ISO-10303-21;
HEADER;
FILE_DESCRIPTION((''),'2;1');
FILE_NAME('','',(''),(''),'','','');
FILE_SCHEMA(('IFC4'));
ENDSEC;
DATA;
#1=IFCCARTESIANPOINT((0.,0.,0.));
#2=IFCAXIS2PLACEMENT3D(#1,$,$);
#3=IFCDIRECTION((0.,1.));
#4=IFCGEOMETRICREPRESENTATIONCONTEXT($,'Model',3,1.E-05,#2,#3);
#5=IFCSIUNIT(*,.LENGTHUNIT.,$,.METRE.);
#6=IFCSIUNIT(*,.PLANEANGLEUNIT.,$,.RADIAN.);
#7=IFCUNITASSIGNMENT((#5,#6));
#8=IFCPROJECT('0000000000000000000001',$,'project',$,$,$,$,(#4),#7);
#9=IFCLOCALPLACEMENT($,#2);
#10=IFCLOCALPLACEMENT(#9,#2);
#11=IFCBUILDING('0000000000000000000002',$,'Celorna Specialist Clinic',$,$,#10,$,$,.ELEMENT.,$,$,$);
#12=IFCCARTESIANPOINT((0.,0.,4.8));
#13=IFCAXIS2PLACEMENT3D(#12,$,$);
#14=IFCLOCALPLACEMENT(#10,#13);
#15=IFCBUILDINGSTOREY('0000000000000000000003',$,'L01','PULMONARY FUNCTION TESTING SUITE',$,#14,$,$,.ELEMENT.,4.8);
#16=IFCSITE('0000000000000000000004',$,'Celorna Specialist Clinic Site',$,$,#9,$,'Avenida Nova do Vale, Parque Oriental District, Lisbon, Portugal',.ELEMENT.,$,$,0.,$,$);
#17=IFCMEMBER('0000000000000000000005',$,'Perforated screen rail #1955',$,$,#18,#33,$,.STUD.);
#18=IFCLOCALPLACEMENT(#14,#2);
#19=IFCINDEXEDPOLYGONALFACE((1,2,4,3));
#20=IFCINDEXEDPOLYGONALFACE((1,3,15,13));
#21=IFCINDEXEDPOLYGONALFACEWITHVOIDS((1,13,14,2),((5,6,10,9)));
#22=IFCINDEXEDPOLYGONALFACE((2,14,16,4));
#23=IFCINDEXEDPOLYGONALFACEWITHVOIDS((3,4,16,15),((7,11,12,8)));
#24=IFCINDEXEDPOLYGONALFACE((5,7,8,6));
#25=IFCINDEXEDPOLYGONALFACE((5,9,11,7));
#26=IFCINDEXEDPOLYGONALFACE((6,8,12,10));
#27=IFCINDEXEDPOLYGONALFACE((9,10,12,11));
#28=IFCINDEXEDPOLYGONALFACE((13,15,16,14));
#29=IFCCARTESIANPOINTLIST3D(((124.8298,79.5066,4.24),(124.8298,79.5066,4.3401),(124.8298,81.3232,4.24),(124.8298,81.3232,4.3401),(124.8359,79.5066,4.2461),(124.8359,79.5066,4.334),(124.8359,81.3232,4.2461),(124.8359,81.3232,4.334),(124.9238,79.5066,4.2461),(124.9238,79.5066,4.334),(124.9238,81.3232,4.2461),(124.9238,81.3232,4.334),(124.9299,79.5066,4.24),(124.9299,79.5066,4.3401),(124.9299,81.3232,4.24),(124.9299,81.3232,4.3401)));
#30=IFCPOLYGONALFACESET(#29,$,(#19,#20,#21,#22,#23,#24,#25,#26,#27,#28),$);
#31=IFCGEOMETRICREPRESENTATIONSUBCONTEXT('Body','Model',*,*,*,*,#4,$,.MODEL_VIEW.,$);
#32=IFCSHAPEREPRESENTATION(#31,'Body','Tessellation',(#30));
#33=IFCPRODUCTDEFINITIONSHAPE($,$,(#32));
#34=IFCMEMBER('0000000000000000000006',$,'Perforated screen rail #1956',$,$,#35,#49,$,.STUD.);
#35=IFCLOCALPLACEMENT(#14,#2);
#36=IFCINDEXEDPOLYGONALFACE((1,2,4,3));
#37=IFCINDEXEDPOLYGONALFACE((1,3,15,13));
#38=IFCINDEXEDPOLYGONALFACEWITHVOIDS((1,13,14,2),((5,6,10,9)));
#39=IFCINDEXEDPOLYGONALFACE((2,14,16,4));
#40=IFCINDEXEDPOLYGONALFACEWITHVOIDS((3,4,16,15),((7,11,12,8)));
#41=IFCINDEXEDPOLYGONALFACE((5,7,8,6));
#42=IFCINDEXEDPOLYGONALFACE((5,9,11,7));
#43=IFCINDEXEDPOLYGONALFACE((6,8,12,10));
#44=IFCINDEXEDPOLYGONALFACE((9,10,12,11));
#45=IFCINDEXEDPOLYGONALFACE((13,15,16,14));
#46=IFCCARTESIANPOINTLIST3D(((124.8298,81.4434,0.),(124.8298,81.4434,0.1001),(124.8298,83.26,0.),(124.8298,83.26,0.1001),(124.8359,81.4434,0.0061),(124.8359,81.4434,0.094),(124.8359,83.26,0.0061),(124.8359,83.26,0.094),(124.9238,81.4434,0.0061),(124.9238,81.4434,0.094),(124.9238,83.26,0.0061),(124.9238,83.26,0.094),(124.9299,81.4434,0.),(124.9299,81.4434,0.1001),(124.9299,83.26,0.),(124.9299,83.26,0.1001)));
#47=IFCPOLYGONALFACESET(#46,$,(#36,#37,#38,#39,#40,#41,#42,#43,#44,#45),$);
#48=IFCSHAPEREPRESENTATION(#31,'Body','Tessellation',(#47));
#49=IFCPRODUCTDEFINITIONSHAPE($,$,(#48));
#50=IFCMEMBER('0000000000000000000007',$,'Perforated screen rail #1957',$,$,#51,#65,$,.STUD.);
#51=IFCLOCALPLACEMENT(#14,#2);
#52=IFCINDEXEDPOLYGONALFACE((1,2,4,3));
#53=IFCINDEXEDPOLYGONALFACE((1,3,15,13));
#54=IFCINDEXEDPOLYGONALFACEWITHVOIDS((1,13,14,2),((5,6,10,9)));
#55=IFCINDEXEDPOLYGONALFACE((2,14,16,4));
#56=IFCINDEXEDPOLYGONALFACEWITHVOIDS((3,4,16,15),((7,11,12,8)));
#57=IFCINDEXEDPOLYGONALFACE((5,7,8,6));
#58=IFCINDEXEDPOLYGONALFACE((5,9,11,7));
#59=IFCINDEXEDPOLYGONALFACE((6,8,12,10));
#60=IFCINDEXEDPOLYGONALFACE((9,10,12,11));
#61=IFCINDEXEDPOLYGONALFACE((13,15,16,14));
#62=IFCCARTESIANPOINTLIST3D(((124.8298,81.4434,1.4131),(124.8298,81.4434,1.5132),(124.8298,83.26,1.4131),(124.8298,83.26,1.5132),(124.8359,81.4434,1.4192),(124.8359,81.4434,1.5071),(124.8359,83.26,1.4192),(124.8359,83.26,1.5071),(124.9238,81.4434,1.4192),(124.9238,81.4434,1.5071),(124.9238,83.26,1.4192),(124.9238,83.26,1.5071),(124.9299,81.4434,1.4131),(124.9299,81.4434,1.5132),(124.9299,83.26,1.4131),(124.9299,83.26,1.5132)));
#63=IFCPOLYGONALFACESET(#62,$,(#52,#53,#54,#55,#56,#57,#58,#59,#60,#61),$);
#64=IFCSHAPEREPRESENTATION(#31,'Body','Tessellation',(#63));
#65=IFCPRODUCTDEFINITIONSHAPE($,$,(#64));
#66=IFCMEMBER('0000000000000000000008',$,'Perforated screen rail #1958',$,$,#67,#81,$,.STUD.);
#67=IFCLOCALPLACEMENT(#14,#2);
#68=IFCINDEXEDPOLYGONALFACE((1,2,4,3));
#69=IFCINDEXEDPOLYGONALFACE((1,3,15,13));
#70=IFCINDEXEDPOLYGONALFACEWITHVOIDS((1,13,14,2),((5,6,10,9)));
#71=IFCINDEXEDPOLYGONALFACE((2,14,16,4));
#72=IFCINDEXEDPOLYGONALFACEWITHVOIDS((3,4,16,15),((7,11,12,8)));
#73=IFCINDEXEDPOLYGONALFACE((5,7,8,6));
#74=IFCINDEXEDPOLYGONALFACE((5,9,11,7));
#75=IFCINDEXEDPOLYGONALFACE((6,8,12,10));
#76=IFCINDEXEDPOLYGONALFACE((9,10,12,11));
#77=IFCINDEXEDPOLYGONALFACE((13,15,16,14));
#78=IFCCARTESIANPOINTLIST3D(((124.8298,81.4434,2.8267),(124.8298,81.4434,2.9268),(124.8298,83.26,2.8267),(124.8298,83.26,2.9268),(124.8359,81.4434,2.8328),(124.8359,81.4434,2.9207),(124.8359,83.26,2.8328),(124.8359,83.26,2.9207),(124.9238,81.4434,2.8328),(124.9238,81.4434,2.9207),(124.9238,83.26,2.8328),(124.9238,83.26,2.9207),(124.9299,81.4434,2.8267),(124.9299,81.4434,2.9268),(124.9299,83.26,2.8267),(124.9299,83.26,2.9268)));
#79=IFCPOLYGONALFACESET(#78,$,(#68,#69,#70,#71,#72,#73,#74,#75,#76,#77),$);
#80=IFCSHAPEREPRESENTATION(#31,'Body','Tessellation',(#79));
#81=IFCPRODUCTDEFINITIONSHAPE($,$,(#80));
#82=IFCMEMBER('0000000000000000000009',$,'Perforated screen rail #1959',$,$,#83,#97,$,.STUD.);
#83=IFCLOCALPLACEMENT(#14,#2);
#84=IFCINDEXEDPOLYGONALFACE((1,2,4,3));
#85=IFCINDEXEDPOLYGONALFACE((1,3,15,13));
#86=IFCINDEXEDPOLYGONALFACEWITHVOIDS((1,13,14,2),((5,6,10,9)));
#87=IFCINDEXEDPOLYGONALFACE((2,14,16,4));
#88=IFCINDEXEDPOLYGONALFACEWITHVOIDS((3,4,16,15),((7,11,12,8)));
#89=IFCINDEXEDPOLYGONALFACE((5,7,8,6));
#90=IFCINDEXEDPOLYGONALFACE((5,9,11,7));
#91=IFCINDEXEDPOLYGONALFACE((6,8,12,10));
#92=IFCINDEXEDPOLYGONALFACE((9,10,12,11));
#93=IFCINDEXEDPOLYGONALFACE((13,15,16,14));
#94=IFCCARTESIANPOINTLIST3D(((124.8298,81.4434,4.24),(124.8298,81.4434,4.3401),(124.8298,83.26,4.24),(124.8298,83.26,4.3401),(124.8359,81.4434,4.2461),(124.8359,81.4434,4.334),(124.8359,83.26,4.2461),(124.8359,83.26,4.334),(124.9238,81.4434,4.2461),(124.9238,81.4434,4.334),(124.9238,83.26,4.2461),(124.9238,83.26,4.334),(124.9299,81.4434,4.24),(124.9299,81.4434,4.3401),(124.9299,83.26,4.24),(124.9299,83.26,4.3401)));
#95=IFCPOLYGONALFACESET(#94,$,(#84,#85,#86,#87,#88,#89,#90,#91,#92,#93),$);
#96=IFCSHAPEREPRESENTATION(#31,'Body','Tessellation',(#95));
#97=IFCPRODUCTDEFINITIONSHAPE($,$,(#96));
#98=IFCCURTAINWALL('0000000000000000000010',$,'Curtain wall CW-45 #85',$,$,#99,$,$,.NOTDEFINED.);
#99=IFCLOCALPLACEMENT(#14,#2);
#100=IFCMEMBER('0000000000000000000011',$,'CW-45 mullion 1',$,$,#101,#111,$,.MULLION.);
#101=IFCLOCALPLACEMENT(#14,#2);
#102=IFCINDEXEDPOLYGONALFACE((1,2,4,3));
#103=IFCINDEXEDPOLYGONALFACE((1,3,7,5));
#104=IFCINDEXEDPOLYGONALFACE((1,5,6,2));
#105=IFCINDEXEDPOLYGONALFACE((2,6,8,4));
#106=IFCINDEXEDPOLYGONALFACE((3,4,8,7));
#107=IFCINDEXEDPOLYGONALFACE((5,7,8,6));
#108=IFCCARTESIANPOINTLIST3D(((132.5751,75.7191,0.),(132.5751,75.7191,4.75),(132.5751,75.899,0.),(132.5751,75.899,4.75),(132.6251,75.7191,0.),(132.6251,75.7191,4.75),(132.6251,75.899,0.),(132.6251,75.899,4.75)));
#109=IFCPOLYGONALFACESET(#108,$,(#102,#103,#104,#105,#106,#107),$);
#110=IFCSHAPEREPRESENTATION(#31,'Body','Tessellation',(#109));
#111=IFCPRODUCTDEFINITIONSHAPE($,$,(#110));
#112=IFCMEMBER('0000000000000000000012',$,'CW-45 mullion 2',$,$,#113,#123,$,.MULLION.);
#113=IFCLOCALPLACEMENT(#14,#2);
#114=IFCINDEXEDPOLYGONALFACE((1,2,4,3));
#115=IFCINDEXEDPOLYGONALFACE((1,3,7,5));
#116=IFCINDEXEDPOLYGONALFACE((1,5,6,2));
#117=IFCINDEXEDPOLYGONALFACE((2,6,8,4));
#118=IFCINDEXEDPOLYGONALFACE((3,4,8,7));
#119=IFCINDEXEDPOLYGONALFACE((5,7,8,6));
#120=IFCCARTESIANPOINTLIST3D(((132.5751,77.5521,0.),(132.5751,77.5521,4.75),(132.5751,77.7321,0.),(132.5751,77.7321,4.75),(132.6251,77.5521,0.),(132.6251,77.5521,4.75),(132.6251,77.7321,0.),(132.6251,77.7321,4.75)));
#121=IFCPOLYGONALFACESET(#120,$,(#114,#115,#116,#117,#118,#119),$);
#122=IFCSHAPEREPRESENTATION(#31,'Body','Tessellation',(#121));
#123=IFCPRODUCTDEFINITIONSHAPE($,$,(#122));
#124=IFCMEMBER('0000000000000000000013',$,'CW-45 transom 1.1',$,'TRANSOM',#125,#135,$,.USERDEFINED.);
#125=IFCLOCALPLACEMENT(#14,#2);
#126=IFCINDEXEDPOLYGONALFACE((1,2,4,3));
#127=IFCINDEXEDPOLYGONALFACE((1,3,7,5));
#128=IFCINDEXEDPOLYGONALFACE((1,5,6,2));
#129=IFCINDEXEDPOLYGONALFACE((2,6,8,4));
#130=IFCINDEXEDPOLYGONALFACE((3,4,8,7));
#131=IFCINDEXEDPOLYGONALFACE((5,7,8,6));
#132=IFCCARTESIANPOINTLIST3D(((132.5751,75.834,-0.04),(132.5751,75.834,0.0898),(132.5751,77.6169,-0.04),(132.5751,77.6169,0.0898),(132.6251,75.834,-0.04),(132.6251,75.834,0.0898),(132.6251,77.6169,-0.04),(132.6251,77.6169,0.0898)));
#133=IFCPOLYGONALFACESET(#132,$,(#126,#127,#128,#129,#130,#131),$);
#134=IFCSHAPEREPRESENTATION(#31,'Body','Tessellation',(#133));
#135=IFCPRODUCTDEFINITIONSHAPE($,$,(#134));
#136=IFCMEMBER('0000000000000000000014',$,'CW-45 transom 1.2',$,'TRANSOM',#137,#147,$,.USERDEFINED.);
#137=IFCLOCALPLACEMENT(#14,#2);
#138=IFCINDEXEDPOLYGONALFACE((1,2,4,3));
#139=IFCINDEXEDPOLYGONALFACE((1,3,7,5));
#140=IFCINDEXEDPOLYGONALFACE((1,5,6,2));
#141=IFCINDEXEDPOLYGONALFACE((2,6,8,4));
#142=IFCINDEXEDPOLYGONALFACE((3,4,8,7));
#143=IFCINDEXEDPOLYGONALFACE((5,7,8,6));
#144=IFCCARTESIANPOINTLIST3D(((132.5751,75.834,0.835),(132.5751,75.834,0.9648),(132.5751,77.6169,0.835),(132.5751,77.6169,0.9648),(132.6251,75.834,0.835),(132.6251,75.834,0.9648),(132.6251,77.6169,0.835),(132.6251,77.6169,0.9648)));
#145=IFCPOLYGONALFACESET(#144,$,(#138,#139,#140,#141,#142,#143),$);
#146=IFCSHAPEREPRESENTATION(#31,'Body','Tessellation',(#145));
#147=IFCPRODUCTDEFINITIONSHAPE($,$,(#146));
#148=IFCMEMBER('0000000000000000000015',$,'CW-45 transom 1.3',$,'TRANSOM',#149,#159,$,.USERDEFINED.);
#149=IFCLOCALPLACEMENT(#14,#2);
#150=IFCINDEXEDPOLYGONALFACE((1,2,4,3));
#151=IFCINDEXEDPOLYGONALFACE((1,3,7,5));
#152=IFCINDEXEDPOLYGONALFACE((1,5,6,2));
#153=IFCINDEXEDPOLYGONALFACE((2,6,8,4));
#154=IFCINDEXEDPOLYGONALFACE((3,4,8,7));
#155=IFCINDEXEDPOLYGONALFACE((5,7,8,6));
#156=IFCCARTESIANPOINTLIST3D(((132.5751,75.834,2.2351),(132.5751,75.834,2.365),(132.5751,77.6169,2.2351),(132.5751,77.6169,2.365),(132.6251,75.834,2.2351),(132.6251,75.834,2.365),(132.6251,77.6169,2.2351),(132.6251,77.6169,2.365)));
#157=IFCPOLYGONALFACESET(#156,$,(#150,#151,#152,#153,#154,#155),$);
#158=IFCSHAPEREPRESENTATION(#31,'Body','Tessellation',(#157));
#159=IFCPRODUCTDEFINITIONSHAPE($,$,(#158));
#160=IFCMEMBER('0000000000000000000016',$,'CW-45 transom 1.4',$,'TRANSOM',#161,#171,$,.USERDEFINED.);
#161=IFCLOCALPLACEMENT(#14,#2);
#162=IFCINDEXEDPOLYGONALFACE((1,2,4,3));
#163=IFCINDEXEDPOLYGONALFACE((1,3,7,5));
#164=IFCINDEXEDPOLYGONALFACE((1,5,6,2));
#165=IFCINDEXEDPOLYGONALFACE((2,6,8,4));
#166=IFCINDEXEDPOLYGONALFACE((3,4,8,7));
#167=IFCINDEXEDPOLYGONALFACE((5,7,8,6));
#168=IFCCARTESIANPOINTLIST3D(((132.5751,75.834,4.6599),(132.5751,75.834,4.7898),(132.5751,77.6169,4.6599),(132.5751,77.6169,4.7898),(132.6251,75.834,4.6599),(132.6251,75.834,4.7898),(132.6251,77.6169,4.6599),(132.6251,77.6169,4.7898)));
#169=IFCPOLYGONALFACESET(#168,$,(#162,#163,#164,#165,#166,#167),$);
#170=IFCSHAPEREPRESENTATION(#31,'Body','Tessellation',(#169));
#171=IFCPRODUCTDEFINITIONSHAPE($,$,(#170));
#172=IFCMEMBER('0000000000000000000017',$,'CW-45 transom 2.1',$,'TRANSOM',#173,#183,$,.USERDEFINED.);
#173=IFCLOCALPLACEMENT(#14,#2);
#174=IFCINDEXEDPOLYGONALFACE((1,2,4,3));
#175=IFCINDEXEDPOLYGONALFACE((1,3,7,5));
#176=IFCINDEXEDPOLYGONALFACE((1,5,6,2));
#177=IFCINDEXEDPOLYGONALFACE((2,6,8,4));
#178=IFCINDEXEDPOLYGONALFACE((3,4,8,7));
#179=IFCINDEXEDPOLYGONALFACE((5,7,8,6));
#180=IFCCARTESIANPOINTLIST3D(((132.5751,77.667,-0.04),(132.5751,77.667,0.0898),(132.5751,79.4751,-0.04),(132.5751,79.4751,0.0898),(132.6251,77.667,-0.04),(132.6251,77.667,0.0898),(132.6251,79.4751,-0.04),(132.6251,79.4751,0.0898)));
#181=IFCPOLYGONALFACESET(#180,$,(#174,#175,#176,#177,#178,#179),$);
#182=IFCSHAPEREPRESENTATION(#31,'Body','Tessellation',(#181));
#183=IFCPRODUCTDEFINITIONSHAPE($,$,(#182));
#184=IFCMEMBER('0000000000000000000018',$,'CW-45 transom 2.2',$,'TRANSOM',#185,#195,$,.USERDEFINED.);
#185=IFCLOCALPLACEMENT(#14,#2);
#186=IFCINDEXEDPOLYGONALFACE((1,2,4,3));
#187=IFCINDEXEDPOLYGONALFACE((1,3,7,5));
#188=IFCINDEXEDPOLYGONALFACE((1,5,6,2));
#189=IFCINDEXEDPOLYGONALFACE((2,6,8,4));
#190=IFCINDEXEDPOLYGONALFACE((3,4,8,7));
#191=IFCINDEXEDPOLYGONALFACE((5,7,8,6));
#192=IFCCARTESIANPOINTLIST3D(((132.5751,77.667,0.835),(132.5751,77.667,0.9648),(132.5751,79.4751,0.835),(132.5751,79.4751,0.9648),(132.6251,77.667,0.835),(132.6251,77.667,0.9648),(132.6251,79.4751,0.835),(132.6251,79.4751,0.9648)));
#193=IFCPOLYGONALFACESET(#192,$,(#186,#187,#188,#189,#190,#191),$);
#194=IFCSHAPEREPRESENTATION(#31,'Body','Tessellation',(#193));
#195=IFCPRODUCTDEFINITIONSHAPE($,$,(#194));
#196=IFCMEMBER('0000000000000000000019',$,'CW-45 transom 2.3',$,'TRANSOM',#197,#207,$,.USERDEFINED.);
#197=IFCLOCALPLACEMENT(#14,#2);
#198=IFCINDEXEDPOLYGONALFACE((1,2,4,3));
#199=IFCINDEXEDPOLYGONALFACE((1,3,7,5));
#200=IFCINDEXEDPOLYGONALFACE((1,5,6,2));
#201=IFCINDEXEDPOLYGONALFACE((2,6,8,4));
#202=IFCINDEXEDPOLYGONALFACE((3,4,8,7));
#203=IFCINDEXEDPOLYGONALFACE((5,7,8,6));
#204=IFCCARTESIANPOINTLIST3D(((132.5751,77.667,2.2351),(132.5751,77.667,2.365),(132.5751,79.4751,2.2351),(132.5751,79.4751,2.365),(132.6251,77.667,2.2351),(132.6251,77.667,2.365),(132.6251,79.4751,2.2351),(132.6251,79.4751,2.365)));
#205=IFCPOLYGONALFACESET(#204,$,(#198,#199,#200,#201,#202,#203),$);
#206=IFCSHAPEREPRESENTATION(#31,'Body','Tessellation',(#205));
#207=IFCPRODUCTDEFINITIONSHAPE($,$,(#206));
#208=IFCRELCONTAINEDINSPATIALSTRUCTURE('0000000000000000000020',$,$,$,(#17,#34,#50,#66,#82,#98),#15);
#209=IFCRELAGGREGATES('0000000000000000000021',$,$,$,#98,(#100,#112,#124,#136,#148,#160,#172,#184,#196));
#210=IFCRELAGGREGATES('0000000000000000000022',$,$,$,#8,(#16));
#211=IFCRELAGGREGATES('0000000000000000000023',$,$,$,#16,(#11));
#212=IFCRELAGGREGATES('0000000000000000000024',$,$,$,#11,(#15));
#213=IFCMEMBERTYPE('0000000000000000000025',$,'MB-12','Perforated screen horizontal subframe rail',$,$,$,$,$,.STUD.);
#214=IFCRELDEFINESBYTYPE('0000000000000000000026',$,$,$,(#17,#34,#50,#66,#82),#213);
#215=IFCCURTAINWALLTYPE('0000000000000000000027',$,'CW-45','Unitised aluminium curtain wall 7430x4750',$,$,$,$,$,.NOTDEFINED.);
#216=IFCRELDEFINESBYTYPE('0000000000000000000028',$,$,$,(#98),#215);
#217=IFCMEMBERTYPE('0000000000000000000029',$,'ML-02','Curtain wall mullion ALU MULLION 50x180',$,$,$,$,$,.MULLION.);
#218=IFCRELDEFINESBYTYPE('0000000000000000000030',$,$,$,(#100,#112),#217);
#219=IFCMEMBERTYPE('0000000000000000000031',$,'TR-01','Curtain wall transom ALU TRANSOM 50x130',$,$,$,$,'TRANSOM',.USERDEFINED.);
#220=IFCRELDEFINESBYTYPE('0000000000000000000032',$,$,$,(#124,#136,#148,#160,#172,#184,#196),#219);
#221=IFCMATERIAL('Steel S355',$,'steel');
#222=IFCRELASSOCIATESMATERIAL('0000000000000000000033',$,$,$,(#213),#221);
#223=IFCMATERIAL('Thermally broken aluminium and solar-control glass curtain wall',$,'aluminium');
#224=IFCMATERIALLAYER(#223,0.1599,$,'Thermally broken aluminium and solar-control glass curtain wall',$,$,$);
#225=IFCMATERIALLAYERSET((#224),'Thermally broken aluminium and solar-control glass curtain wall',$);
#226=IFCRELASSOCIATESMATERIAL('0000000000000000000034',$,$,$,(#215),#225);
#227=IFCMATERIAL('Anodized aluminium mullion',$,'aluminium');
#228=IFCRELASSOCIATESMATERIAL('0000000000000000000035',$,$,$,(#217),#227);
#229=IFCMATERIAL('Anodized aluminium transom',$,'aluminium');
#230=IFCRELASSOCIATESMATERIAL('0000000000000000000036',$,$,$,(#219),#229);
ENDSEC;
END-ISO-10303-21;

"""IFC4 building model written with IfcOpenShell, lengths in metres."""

from ifc_helpers import new_model, si_unit, direction, frame, origin, origin_2d, place, context, subcontext, project, spatial, rectangle, hollow_rectangle, extrude, material, layer, layer_set, material_profile, profile_set, type_object, element, aggregate, save


model = new_model("IFC4")

# Units and contexts
model_context = context("Model", 3, precision=1e-05, world=origin(), true_north=direction((0.0, 1.0)))
body_context = subcontext(model_context, "Body", "Model", "MODEL_VIEW")
ifc_project = project(units=[si_unit("LENGTHUNIT", "METRE"), si_unit("PLANEANGLEUNIT", "RADIAN")], contexts=[model_context])

# Site, building, storey
site_placement = place(None, origin())
site = spatial("IfcSite", under=ifc_project, at=site_placement, Name="Celorna Specialist Clinic Site", LongName="Avenida Nova do Vale, Parque Oriental District, Lisbon, Portugal", CompositionType="ELEMENT", RefElevation=0.0)
building_placement = place(site_placement, origin())
building = spatial("IfcBuilding", under=site, at=building_placement, Name="Celorna Specialist Clinic", CompositionType="ELEMENT")
storey_placement = place(building_placement, frame((0.0, 0.0, 4.8)))
storey = spatial("IfcBuildingStorey", under=building, at=storey_placement, Name="L01", Description="PULMONARY FUNCTION TESTING SUITE", CompositionType="ELEMENT", Elevation=4.8)

# Shared definitions
ifc_material_1 = material(Name="Steel S355", Category="steel")

# Members
ifc_material_profile_1 = material_profile(ifc_material_1, hollow_rectangle(XDim=0.1001, YDim=0.1001, WallThickness=0.0061, at=origin_2d()), Name="SHS 100x100x6")
ifc_profile_set_1 = profile_set([ifc_material_profile_1], Name="Steel S355")
member_type_1 = type_object("IfcMemberType", Name="MB-12", Description="Perforated screen horizontal subframe rail", PredefinedType="STUD", material=ifc_profile_set_1)
for number, where, z_axis, x_axis, name in (
    (1, (124.8799, 79.5066, 4.29), (0.0, 1.0, 0.0), (-1.0, 0.0, 0.0), "Perforated screen rail #1955"),
    (2, (124.8799, 81.4434, 0.05), (0.0, 1.0, 0.0), (-1.0, 0.0, 0.0), "Perforated screen rail #1956"),
    (3, (124.8799, 81.4434, 1.4631), (0.0, 1.0, 0.0), (-1.0, 0.0, 0.0), "Perforated screen rail #1957"),
    (4, (124.8799, 81.4434, 2.8767), (0.0, 1.0, 0.0), (-1.0, 0.0, 0.0), "Perforated screen rail #1958"),
    (5, (124.8799, 81.4434, 4.29), (0.0, 1.0, 0.0), (-1.0, 0.0, 0.0), "Perforated screen rail #1959"),
):
    element("IfcMember", number, at=place(storey_placement, frame(where, z_axis=z_axis, x_axis=x_axis)), inside=storey, type_object=member_type_1, Name=name, PredefinedType="STUD", context=body_context, shape_type="SweptSolid", body=[
        extrude(hollow_rectangle(XDim=0.1001, YDim=0.1001, WallThickness=0.0061, at=origin_2d()), origin(), (0.0, 0.0, 1.0), 1.8167),
    ])

# Curtain wall, members
ifc_material_2 = material(Name="Thermally broken aluminium and solar-control glass curtain wall", Category="aluminium")
ifc_layer_1 = layer(ifc_material_2, 0.1599, Name="Thermally broken aluminium and solar-control glass curtain wall")
ifc_layer_set_1 = layer_set([ifc_layer_1], Name="Thermally broken aluminium and solar-control glass curtain wall")
curtain_wall_type = type_object("IfcCurtainWallType", Name="CW-45", Description="Unitised aluminium curtain wall 7430x4750", PredefinedType="NOTDEFINED", material=ifc_layer_set_1)
curtain_wall_placement = place(storey_placement, origin())
curtain_wall = element("IfcCurtainWall", 6, at=curtain_wall_placement, inside=storey, type_object=curtain_wall_type, Name="Curtain wall CW-45 #85", PredefinedType="NOTDEFINED")
ifc_material_3 = material(Name="Anodized aluminium mullion", Category="aluminium")
ifc_material_profile_2 = material_profile(ifc_material_3, rectangle(XDim=0.05, YDim=0.1799, at=origin_2d()), Name="ALU MULLION 50x180")
ifc_profile_set_2 = profile_set([ifc_material_profile_2], Name="Anodized aluminium mullion")
member_type_2 = type_object("IfcMemberType", Name="ML-02", Description="Curtain wall mullion ALU MULLION 50x180", PredefinedType="MULLION", material=ifc_profile_set_2)
member_1_placement = place(storey_placement, frame((132.6001, 75.8091, 0.0), z_axis=(0.0, 0.0, 1.0), x_axis=(-1.0, 0.0, 0.0)))
member_1 = element("IfcMember", 7, at=member_1_placement, type_object=member_type_2, Name="CW-45 mullion 1", PredefinedType="MULLION", context=body_context, shape_type="SweptSolid", body=[
    extrude(rectangle(XDim=0.05, YDim=0.1799, at=origin_2d()), origin(), (0.0, 0.0, 1.0), 4.75),
])
member_2_placement = place(storey_placement, frame((132.6001, 77.6421, 0.0), z_axis=(0.0, 0.0, 1.0), x_axis=(-1.0, 0.0, 0.0)))
member_2 = element("IfcMember", 8, at=member_2_placement, type_object=member_type_2, Name="CW-45 mullion 2", PredefinedType="MULLION", context=body_context, shape_type="SweptSolid", body=[
    extrude(rectangle(XDim=0.05, YDim=0.1799, at=origin_2d()), origin(), (0.0, 0.0, 1.0), 4.75),
])
ifc_material_4 = material(Name="Anodized aluminium transom", Category="aluminium")
ifc_material_profile_3 = material_profile(ifc_material_4, rectangle(XDim=0.05, YDim=0.1299, at=origin_2d()), Name="ALU TRANSOM 50x130")
ifc_profile_set_3 = profile_set([ifc_material_profile_3], Name="Anodized aluminium transom")
member_type_3 = type_object("IfcMemberType", Name="TR-01", Description="Curtain wall transom ALU TRANSOM 50x130", ElementType="TRANSOM", PredefinedType="USERDEFINED", material=ifc_profile_set_3)
member_3_placement = place(storey_placement, frame((132.6001, 75.834, 0.0249), z_axis=(0.0, 1.0, 0.0), x_axis=(-1.0, 0.0, 0.0)))
member_3 = element("IfcMember", 9, at=member_3_placement, type_object=member_type_3, Name="CW-45 transom 1.1", ObjectType="TRANSOM", PredefinedType="USERDEFINED", context=body_context, shape_type="SweptSolid", body=[
    extrude(rectangle(XDim=0.05, YDim=0.1299, at=origin_2d()), origin(), (0.0, 0.0, 1.0), 1.783),
])
member_4_placement = place(storey_placement, frame((132.6001, 75.834, 0.8999), z_axis=(0.0, 1.0, 0.0), x_axis=(-1.0, 0.0, 0.0)))
member_4 = element("IfcMember", 10, at=member_4_placement, type_object=member_type_3, Name="CW-45 transom 1.2", ObjectType="TRANSOM", PredefinedType="USERDEFINED", context=body_context, shape_type="SweptSolid", body=[
    extrude(rectangle(XDim=0.05, YDim=0.1299, at=origin_2d()), origin(), (0.0, 0.0, 1.0), 1.783),
])
member_5_placement = place(storey_placement, frame((132.6001, 75.834, 2.3), z_axis=(0.0, 1.0, 0.0), x_axis=(-1.0, 0.0, 0.0)))
member_5 = element("IfcMember", 11, at=member_5_placement, type_object=member_type_3, Name="CW-45 transom 1.3", ObjectType="TRANSOM", PredefinedType="USERDEFINED", context=body_context, shape_type="SweptSolid", body=[
    extrude(rectangle(XDim=0.05, YDim=0.1299, at=origin_2d()), origin(), (0.0, 0.0, 1.0), 1.783),
])
member_6_placement = place(storey_placement, frame((132.6001, 75.834, 4.7249), z_axis=(0.0, 1.0, 0.0), x_axis=(-1.0, 0.0, 0.0)))
member_6 = element("IfcMember", 12, at=member_6_placement, type_object=member_type_3, Name="CW-45 transom 1.4", ObjectType="TRANSOM", PredefinedType="USERDEFINED", context=body_context, shape_type="SweptSolid", body=[
    extrude(rectangle(XDim=0.05, YDim=0.1299, at=origin_2d()), origin(), (0.0, 0.0, 1.0), 1.783),
])
member_7_placement = place(storey_placement, frame((132.6001, 77.667, 0.0249), z_axis=(0.0, 1.0, 0.0), x_axis=(-1.0, 0.0, 0.0)))
member_7 = element("IfcMember", 13, at=member_7_placement, type_object=member_type_3, Name="CW-45 transom 2.1", ObjectType="TRANSOM", PredefinedType="USERDEFINED", context=body_context, shape_type="SweptSolid", body=[
    extrude(rectangle(XDim=0.05, YDim=0.1299, at=origin_2d()), origin(), (0.0, 0.0, 1.0), 1.8081),
])
member_8_placement = place(storey_placement, frame((132.6001, 77.667, 0.8999), z_axis=(0.0, 1.0, 0.0), x_axis=(-1.0, 0.0, 0.0)))
member_8 = element("IfcMember", 14, at=member_8_placement, type_object=member_type_3, Name="CW-45 transom 2.2", ObjectType="TRANSOM", PredefinedType="USERDEFINED", context=body_context, shape_type="SweptSolid", body=[
    extrude(rectangle(XDim=0.05, YDim=0.1299, at=origin_2d()), origin(), (0.0, 0.0, 1.0), 1.8081),
])
member_9_placement = place(storey_placement, frame((132.6001, 77.667, 2.3), z_axis=(0.0, 1.0, 0.0), x_axis=(-1.0, 0.0, 0.0)))
member_9 = element("IfcMember", 15, at=member_9_placement, type_object=member_type_3, Name="CW-45 transom 2.3", ObjectType="TRANSOM", PredefinedType="USERDEFINED", context=body_context, shape_type="SweptSolid", body=[
    extrude(rectangle(XDim=0.05, YDim=0.1299, at=origin_2d()), origin(), (0.0, 0.0, 1.0), 1.8081),
])
aggregate(curtain_wall, [member_1, member_2, member_3, member_4, member_5, member_6, member_7, member_8, member_9])

save(model, "model.ifc")
